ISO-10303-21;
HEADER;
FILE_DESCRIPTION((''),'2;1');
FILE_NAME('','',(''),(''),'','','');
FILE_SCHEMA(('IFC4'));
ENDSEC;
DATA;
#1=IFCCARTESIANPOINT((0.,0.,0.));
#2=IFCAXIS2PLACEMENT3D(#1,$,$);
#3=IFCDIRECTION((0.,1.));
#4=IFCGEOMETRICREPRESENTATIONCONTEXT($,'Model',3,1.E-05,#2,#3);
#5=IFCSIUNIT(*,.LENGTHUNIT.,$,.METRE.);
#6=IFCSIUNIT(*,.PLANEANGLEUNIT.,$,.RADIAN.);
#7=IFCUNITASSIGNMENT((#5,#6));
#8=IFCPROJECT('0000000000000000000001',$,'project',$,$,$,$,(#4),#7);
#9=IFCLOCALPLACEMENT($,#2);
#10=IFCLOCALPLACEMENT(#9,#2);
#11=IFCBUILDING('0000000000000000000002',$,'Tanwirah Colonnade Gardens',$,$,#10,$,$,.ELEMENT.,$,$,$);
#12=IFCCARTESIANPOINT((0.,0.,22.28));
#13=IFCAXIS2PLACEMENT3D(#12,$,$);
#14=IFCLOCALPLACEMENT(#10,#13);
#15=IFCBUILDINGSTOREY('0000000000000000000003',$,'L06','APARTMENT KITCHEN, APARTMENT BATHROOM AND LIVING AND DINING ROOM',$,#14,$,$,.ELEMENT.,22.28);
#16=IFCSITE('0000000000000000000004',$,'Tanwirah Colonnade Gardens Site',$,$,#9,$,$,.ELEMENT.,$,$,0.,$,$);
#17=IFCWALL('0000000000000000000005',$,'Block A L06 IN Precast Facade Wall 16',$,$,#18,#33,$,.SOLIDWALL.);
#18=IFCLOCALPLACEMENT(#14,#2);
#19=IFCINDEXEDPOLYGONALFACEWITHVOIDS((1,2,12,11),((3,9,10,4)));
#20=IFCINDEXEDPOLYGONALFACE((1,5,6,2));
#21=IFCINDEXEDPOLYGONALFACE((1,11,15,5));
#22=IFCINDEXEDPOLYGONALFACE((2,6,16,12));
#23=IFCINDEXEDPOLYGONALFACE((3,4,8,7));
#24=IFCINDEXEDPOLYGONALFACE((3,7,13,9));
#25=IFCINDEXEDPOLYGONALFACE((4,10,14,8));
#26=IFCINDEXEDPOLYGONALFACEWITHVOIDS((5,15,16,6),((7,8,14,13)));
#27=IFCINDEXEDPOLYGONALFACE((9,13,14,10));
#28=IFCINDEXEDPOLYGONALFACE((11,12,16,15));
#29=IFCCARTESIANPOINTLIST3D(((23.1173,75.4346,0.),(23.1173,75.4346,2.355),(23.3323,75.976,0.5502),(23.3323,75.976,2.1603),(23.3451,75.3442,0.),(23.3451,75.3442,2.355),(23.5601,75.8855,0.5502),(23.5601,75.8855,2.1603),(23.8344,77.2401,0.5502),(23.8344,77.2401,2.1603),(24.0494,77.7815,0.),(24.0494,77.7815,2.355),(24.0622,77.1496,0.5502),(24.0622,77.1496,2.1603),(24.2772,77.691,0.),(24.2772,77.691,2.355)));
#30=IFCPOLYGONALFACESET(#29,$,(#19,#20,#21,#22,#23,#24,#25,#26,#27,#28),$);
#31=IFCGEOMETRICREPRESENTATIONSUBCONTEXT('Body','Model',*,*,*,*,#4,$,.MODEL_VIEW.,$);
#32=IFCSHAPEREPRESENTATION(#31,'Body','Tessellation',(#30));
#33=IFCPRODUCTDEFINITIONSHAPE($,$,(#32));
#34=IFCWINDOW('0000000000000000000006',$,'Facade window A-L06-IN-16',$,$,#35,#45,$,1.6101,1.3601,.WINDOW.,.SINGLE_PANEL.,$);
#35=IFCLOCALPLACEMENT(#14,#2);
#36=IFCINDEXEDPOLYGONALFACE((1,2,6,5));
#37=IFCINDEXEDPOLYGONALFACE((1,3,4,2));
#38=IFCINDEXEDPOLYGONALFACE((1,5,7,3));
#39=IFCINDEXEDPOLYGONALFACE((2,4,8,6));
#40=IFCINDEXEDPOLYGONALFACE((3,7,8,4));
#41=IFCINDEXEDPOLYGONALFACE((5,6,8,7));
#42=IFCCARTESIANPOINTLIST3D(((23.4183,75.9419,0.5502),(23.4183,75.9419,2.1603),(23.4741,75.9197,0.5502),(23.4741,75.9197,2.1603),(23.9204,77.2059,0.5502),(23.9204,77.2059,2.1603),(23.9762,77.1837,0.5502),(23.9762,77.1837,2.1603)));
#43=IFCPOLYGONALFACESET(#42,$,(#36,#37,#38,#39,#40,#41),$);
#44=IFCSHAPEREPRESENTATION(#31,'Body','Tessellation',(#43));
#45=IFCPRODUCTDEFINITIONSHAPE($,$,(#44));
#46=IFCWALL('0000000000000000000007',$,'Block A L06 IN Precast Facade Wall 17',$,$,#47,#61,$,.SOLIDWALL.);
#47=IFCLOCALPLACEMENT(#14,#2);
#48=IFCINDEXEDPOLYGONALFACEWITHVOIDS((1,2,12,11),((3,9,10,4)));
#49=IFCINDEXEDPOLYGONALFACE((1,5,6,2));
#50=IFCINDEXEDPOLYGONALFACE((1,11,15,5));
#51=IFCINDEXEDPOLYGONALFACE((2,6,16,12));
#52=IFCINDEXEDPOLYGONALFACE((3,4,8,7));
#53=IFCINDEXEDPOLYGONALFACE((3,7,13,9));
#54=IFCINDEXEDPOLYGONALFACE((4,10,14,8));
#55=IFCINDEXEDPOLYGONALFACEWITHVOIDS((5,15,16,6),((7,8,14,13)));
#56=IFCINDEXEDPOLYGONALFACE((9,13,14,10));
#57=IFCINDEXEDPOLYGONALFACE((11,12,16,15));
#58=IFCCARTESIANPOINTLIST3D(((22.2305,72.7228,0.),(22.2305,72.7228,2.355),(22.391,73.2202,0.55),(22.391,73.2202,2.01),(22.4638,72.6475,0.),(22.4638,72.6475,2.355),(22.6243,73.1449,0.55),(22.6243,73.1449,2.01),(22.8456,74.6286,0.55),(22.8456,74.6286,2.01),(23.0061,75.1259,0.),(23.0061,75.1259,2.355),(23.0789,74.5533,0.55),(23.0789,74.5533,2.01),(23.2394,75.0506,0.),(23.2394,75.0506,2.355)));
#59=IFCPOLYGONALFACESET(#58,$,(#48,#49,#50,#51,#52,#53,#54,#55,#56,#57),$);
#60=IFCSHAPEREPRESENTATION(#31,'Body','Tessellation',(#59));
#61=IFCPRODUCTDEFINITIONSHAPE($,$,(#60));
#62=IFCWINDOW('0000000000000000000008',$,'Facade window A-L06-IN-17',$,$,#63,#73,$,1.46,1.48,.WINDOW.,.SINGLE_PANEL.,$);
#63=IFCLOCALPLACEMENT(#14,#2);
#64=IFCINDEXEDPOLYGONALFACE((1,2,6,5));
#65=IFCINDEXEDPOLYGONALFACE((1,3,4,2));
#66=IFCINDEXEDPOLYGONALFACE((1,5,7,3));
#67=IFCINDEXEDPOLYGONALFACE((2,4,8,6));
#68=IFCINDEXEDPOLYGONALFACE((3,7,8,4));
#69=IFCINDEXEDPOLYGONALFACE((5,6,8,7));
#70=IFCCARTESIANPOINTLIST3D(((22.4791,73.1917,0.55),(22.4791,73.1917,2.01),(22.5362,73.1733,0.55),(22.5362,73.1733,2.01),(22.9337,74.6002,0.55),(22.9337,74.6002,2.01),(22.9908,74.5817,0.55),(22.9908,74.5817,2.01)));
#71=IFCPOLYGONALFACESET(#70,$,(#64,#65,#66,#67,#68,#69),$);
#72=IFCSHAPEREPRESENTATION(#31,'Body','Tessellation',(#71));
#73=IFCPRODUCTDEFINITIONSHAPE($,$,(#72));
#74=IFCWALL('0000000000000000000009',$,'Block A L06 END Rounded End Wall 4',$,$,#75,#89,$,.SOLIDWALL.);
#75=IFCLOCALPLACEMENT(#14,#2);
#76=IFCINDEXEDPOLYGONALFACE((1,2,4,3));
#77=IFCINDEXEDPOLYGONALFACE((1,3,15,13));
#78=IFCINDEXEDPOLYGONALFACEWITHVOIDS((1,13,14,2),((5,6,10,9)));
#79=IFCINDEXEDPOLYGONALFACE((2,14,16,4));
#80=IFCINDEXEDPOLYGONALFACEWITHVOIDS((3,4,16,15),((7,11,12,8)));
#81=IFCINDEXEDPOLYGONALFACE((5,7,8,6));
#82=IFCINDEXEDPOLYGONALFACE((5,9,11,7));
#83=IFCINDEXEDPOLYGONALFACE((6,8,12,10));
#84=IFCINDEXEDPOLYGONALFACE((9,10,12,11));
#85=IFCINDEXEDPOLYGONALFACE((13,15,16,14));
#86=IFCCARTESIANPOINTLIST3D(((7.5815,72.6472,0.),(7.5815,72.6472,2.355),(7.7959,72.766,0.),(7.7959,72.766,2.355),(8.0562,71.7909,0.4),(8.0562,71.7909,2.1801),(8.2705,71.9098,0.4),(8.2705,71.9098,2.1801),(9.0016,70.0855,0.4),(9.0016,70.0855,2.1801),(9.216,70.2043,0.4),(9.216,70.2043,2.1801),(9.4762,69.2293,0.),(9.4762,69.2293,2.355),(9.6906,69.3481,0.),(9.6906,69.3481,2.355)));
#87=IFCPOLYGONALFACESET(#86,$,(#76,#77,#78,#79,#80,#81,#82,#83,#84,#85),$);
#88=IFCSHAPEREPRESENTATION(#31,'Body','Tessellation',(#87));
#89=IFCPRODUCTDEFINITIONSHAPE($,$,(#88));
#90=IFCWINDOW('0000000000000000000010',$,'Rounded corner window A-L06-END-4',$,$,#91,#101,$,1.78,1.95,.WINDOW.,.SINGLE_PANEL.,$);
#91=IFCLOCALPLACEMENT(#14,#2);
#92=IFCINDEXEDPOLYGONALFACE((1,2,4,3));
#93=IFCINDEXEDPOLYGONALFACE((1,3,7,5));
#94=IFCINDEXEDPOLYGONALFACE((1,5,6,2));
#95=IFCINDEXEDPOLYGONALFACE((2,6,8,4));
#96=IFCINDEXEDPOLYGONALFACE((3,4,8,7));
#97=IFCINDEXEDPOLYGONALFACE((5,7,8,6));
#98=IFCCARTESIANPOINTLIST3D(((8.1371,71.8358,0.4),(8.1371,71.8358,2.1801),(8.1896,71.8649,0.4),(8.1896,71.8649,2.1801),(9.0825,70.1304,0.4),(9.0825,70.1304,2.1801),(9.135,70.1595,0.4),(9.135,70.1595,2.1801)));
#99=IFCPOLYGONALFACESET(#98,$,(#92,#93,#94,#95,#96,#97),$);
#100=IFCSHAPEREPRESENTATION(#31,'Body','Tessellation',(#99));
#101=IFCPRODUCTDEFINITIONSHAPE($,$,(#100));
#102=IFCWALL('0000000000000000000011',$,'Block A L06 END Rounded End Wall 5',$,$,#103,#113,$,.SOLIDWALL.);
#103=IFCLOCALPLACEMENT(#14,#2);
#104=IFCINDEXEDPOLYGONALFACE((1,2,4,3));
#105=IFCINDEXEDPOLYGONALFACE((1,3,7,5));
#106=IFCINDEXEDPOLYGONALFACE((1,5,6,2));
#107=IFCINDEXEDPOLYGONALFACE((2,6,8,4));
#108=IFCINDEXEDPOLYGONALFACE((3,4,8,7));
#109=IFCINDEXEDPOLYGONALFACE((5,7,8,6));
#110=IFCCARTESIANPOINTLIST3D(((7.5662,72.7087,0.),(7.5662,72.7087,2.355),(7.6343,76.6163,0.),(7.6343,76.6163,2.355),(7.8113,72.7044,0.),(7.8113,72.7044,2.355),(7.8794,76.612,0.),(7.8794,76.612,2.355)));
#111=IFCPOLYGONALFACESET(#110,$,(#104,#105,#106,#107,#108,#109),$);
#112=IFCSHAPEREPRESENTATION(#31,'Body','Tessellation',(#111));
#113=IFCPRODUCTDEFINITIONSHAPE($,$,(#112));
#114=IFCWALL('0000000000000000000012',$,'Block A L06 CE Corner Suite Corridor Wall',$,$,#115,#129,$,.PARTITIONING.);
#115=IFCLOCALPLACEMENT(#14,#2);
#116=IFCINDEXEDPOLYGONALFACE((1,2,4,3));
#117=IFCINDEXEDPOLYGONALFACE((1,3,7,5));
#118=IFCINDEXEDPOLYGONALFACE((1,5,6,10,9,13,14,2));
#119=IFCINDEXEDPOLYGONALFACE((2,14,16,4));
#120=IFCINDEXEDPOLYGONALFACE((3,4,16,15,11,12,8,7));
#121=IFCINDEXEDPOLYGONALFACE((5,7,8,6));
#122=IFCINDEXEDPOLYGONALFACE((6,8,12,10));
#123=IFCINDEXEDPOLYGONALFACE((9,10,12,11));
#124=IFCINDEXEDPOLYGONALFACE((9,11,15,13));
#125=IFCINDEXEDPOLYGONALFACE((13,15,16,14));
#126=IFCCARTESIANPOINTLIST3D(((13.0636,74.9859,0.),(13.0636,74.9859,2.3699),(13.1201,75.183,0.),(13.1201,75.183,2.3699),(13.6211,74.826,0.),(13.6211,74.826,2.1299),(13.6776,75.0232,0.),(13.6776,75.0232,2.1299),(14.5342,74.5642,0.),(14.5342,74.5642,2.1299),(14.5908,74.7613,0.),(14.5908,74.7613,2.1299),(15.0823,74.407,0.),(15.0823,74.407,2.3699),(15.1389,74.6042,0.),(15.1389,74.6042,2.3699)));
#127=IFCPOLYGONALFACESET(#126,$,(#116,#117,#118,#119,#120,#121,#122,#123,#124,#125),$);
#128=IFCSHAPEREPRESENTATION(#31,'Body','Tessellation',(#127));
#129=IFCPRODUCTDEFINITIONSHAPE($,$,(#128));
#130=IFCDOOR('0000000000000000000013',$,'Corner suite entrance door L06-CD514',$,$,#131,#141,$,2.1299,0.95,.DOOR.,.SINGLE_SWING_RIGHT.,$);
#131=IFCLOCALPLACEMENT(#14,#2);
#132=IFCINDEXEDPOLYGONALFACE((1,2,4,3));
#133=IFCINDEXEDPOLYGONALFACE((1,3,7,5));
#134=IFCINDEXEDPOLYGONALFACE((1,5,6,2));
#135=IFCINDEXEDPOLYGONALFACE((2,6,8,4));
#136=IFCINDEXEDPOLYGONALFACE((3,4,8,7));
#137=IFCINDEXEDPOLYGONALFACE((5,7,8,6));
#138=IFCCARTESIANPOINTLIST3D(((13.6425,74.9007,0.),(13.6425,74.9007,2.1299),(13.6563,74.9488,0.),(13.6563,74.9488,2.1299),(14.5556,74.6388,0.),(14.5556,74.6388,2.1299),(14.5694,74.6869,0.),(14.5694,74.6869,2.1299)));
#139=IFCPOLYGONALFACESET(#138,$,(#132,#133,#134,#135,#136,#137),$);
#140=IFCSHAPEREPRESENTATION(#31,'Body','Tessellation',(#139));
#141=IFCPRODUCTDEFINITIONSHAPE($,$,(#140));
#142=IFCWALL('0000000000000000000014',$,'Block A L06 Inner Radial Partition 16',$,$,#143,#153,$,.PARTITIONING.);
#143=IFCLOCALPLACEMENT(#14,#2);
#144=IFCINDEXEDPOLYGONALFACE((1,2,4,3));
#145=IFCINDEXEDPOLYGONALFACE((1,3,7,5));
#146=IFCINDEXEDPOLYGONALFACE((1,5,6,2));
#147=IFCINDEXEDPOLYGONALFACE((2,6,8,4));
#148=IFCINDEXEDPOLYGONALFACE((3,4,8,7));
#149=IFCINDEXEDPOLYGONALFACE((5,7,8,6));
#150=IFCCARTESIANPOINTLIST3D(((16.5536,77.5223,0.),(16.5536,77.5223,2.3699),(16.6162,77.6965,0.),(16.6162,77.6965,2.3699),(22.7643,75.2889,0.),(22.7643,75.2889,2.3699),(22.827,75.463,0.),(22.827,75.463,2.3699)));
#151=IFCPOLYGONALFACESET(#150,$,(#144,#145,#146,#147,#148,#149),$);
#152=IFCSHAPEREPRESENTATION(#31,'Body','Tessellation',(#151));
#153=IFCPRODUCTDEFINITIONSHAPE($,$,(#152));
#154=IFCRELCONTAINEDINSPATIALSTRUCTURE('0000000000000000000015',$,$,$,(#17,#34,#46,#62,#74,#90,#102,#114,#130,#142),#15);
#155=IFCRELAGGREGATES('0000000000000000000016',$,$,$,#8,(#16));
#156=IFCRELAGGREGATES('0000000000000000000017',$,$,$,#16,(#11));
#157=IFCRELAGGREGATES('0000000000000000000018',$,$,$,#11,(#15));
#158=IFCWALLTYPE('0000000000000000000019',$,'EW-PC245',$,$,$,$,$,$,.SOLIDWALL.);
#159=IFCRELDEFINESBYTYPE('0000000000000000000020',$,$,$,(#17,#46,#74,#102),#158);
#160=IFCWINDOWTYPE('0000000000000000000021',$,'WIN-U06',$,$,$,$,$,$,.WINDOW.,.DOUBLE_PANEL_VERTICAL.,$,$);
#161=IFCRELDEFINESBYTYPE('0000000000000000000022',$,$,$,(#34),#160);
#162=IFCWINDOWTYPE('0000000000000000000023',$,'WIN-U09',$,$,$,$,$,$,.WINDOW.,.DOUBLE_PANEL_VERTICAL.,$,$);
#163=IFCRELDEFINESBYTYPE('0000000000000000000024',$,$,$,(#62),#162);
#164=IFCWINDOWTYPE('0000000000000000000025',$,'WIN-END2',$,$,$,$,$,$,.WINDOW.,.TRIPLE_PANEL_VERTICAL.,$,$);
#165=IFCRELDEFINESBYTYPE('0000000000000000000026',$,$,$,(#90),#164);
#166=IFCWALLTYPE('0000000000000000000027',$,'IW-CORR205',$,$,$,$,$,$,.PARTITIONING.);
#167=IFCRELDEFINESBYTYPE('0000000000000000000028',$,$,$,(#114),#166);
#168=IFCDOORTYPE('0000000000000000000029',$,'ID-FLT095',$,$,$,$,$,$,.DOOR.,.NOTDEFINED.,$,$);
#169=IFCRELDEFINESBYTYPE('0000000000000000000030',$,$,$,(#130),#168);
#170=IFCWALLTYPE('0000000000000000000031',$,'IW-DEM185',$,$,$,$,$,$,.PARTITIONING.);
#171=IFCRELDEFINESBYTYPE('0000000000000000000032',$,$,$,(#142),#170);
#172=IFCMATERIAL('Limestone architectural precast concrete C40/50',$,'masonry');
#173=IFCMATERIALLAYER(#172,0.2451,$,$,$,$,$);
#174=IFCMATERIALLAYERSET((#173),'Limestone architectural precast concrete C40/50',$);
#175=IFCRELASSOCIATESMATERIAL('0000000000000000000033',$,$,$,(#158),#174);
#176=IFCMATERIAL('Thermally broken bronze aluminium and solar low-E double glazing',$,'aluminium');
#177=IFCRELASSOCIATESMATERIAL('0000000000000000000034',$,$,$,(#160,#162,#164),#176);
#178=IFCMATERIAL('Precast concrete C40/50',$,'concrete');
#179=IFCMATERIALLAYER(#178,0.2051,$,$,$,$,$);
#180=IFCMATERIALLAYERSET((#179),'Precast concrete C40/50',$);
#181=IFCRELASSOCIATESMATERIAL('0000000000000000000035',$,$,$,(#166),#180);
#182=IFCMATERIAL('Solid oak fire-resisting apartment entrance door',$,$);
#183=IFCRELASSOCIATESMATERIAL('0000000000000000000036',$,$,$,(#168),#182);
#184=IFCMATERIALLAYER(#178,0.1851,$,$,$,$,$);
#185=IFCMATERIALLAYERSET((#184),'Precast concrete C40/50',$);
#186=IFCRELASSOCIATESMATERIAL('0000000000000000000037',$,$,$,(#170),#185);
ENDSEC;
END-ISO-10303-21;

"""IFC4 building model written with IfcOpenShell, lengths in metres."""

from ifc_helpers import new_model, si_unit, direction, frame, frame_2d, origin, place, context, subcontext, project, spatial, rectangle, extrude, material, layer, layer_set, type_object, element, fill, save


model = new_model("IFC4")

# Units and contexts
model_context = context("Model", 3, precision=1e-05, world=origin(), true_north=direction((0.0, 1.0)))
body_context = subcontext(model_context, "Body", "Model", "MODEL_VIEW")
ifc_project = project(units=[si_unit("LENGTHUNIT", "METRE"), si_unit("PLANEANGLEUNIT", "RADIAN")], contexts=[model_context])

# Site, building, storey
site_placement = place(None, origin())
site = spatial("IfcSite", under=ifc_project, at=site_placement, Name="Tanwirah Colonnade Gardens Site", CompositionType="ELEMENT", RefElevation=0.0)
building_placement = place(site_placement, origin())
building = spatial("IfcBuilding", under=site, at=building_placement, Name="Tanwirah Colonnade Gardens", CompositionType="ELEMENT")
storey_placement = place(building_placement, frame((0.0, 0.0, 22.28)))
storey = spatial("IfcBuildingStorey", under=building, at=storey_placement, Name="L06", Description="APARTMENT KITCHEN, APARTMENT BATHROOM AND LIVING AND DINING ROOM", CompositionType="ELEMENT", Elevation=22.28)

# Shared definitions
ifc_material_1 = material(Name="Precast concrete C40/50", Category="concrete")

# Walls, openings, windows
ifc_material_2 = material(Name="Limestone architectural precast concrete C40/50", Category="masonry")
ifc_layer_1 = layer(ifc_material_2, 0.2451)
ifc_layer_set_1 = layer_set([ifc_layer_1], Name="Limestone architectural precast concrete C40/50")
wall_type_1 = type_object("IfcWallType", Name="EW-PC245", PredefinedType="SOLIDWALL", material=ifc_layer_set_1)
wall_1_placement = place(storey_placement, frame((24.1633, 77.7363, 0.0), z_axis=(0.0, 0.0, 1.0), x_axis=(-0.369123, -0.929381, 0.0)))
wall_1 = element("IfcWall", 1, at=wall_1_placement, inside=storey, type_object=wall_type_1, Name="Block A L06 IN Precast Facade Wall 16", PredefinedType="SOLIDWALL", context=body_context, shape_type="SweptSolid", body=[
    extrude(rectangle(XDim=2.5251, YDim=0.2451, at=frame_2d((1.2627, 0.0))), origin(), (0.0, 0.0, 1.0), 2.355),
])
opening_1_placement = place(wall_1_placement, frame((0.5825, 0.0, 0.55)))
opening_1 = element("IfcOpeningElement", 2, at=opening_1_placement, cuts=wall_1, PredefinedType="OPENING", context=body_context, shape_type="SweptSolid", body=[
    extrude(rectangle(XDim=1.3601, YDim=1.6101, at=frame_2d((0.6802, 0.8052))), frame((0.0, 0.1326, 0.0), z_axis=(0.0, -1.0, 0.0), x_axis=(1.0, 0.0, 0.0)), (0.0, 0.0, 1.0), 0.2651),
])
ifc_material_3 = material(Name="Thermally broken bronze aluminium and solar low-E double glazing", Category="aluminium")
window_type_1 = type_object("IfcWindowType", Name="WIN-U06", PartitioningType="DOUBLE_PANEL_VERTICAL", PredefinedType="WINDOW", material=ifc_material_3)
window_1_placement = place(opening_1_placement, origin())
window_1 = element("IfcWindow", 3, at=window_1_placement, inside=storey, type_object=window_type_1, Name="Facade window A-L06-IN-16", OverallHeight=1.6101, OverallWidth=1.3601, PartitioningType="SINGLE_PANEL", PredefinedType="WINDOW", context=body_context, shape_type="SweptSolid", body=[
    extrude(rectangle(XDim=1.3601, YDim=1.6101, at=frame_2d((0.6802, 0.8052))), frame((0.0, 0.03, 0.0), z_axis=(0.0, -1.0, 0.0), x_axis=(1.0, 0.0, 0.0)), (0.0, 0.0, 1.0), 0.0601),
])
fill(opening_1, window_1)
wall_2_placement = place(storey_placement, frame((23.1228, 75.0884, 0.0), z_axis=(0.0, 0.0, 1.0), x_axis=(-0.307164, -0.951657, 0.0)))
wall_2 = element("IfcWall", 4, at=wall_2_placement, inside=storey, type_object=wall_type_1, Name="Block A L06 IN Precast Facade Wall 17", PredefinedType="SOLIDWALL", context=body_context, shape_type="SweptSolid", body=[
    extrude(rectangle(XDim=2.5251, YDim=0.2451, at=frame_2d((1.2627, 0.0))), origin(), (0.0, 0.0, 1.0), 2.355),
])
opening_2_placement = place(wall_2_placement, frame((0.5227, 0.0, 0.55)))
opening_2 = element("IfcOpeningElement", 5, at=opening_2_placement, cuts=wall_2, PredefinedType="OPENING", context=body_context, shape_type="SweptSolid", body=[
    extrude(rectangle(XDim=1.48, YDim=1.46, at=frame_2d((0.74, 0.73))), frame((0.0, 0.1326, 0.0), z_axis=(0.0, -1.0, 0.0), x_axis=(1.0, 0.0, 0.0)), (0.0, 0.0, 1.0), 0.2651),
])
window_type_2 = type_object("IfcWindowType", Name="WIN-U09", PartitioningType="DOUBLE_PANEL_VERTICAL", PredefinedType="WINDOW", material=ifc_material_3)
window_2_placement = place(opening_2_placement, origin())
window_2 = element("IfcWindow", 6, at=window_2_placement, inside=storey, type_object=window_type_2, Name="Facade window A-L06-IN-17", OverallHeight=1.46, OverallWidth=1.48, PartitioningType="SINGLE_PANEL", PredefinedType="WINDOW", context=body_context, shape_type="SweptSolid", body=[
    extrude(rectangle(XDim=1.48, YDim=1.46, at=frame_2d((0.74, 0.73))), frame((0.0, 0.03, 0.0), z_axis=(0.0, -1.0, 0.0), x_axis=(1.0, 0.0, 0.0)), (0.0, 0.0, 1.0), 0.0601),
])
fill(opening_2, window_2)
wall_3_placement = place(storey_placement, frame((9.5835, 69.2886, 0.0), z_axis=(0.0, 0.0, 1.0), x_axis=(-0.484842, 0.874602, 0.0)))
wall_3 = element("IfcWall", 7, at=wall_3_placement, inside=storey, type_object=wall_type_1, Name="Block A L06 END Rounded End Wall 4", PredefinedType="SOLIDWALL", context=body_context, shape_type="SweptSolid", body=[
    extrude(rectangle(XDim=3.908, YDim=0.2451, at=frame_2d((1.9541, 0.0))), origin(), (0.0, 0.0, 1.0), 2.355),
])
opening_3_placement = place(wall_3_placement, frame((0.979, 0.0, 0.3999)))
opening_3 = element("IfcOpeningElement", 8, at=opening_3_placement, cuts=wall_3, PredefinedType="OPENING", context=body_context, shape_type="SweptSolid", body=[
    extrude(rectangle(XDim=1.95, YDim=1.78, at=frame_2d((0.9751, 0.8901))), frame((0.0, 0.1326, 0.0), z_axis=(0.0, -1.0, 0.0), x_axis=(1.0, 0.0, 0.0)), (0.0, 0.0, 1.0), 0.2651),
])
window_type_3 = type_object("IfcWindowType", Name="WIN-END2", PartitioningType="TRIPLE_PANEL_VERTICAL", PredefinedType="WINDOW", material=ifc_material_3)
window_3_placement = place(opening_3_placement, origin())
window_3 = element("IfcWindow", 9, at=window_3_placement, inside=storey, type_object=window_type_3, Name="Rounded corner window A-L06-END-4", OverallHeight=1.78, OverallWidth=1.95, PartitioningType="SINGLE_PANEL", PredefinedType="WINDOW", context=body_context, shape_type="SweptSolid", body=[
    extrude(rectangle(XDim=1.95, YDim=1.78, at=frame_2d((0.9751, 0.8901))), frame((0.0, 0.03, 0.0), z_axis=(0.0, -1.0, 0.0), x_axis=(1.0, 0.0, 0.0)), (0.0, 0.0, 1.0), 0.0601),
])
fill(opening_3, window_3)

# Wall
wall_4_placement = place(storey_placement, frame((7.6887, 72.7065, 0.0), z_axis=(0.0, 0.0, 1.0), x_axis=(0.017428, 0.999848, 0.0)))
element("IfcWall", 10, at=wall_4_placement, inside=storey, type_object=wall_type_1, Name="Block A L06 END Rounded End Wall 5", PredefinedType="SOLIDWALL", context=body_context, shape_type="SweptSolid", body=[
    extrude(rectangle(XDim=3.9082, YDim=0.2451, at=frame_2d((1.9541, 0.0))), origin(), (0.0, 0.0, 1.0), 2.355),
])

# Wall, opening, door
ifc_layer_2 = layer(ifc_material_1, 0.2051)
ifc_layer_set_2 = layer_set([ifc_layer_2], Name="Precast concrete C40/50")
wall_type_2 = type_object("IfcWallType", Name="IW-CORR205", PredefinedType="PARTITIONING", material=ifc_layer_set_2)
ifc_material_4 = material(Name="Solid oak fire-resisting apartment entrance door")
wall_5_placement = place(storey_placement, frame((15.1106, 74.5056, 0.0), z_axis=(0.0, 0.0, 1.0), x_axis=(-0.961265, 0.275627, 0.0)))
wall_5 = element("IfcWall", 11, at=wall_5_placement, inside=storey, type_object=wall_type_2, Name="Block A L06 CE Corner Suite Corridor Wall", PredefinedType="PARTITIONING", context=body_context, shape_type="SweptSolid", body=[
    extrude(rectangle(XDim=2.1001, YDim=0.2051, at=frame_2d((1.05, 0.0))), origin(), (0.0, 0.0, 1.0), 2.3699),
])
opening_4_placement = place(wall_5_placement, frame((0.5701, 0.0, 0.0)))
opening_4 = element("IfcOpeningElement", 12, at=opening_4_placement, cuts=wall_5, PredefinedType="OPENING", context=body_context, shape_type="SweptSolid", body=[
    extrude(rectangle(XDim=0.95, YDim=2.1299, at=frame_2d((0.4751, 1.0649))), frame((0.0, 0.1125, 0.0), z_axis=(0.0, -1.0, 0.0), x_axis=(1.0, 0.0, 0.0)), (0.0, 0.0, 1.0), 0.2251),
])
door_type_1 = type_object("IfcDoorType", Name="ID-FLT095", OperationType="NOTDEFINED", PredefinedType="DOOR", material=ifc_material_4)
door_1_placement = place(opening_4_placement, origin())
door_1 = element("IfcDoor", 13, at=door_1_placement, inside=storey, type_object=door_type_1, Name="Corner suite entrance door L06-CD514", OperationType="SINGLE_SWING_RIGHT", OverallHeight=2.1299, OverallWidth=0.95, PredefinedType="DOOR", context=body_context, shape_type="SweptSolid", body=[
    extrude(rectangle(XDim=0.95, YDim=2.1299, at=frame_2d((0.4751, 1.0649))), frame((0.0, 0.0249, 0.0), z_axis=(0.0, -1.0, 0.0), x_axis=(1.0, 0.0, 0.0)), (0.0, 0.0, 1.0), 0.05),
])
fill(opening_4, door_1)

# Wall
ifc_layer_3 = layer(ifc_material_1, 0.1851)
ifc_layer_set_3 = layer_set([ifc_layer_3], Name="Precast concrete C40/50")
wall_type_3 = type_object("IfcWallType", Name="IW-DEM185", PredefinedType="PARTITIONING", material=ifc_layer_set_3)
wall_6_placement = place(storey_placement, frame((22.7957, 75.376, 0.0), z_axis=(0.0, 0.0, 1.0), x_axis=(-0.941006, 0.338391, 0.0)))
element("IfcWall", 14, at=wall_6_placement, inside=storey, type_object=wall_type_3, Name="Block A L06 Inner Radial Partition 16", PredefinedType="PARTITIONING", context=body_context, shape_type="SweptSolid", body=[
    extrude(rectangle(XDim=6.6001, YDim=0.1851, at=frame_2d((3.3, 0.0))), origin(), (0.0, 0.0, 1.0), 2.3699),
])

save(model, "model.ifc")
